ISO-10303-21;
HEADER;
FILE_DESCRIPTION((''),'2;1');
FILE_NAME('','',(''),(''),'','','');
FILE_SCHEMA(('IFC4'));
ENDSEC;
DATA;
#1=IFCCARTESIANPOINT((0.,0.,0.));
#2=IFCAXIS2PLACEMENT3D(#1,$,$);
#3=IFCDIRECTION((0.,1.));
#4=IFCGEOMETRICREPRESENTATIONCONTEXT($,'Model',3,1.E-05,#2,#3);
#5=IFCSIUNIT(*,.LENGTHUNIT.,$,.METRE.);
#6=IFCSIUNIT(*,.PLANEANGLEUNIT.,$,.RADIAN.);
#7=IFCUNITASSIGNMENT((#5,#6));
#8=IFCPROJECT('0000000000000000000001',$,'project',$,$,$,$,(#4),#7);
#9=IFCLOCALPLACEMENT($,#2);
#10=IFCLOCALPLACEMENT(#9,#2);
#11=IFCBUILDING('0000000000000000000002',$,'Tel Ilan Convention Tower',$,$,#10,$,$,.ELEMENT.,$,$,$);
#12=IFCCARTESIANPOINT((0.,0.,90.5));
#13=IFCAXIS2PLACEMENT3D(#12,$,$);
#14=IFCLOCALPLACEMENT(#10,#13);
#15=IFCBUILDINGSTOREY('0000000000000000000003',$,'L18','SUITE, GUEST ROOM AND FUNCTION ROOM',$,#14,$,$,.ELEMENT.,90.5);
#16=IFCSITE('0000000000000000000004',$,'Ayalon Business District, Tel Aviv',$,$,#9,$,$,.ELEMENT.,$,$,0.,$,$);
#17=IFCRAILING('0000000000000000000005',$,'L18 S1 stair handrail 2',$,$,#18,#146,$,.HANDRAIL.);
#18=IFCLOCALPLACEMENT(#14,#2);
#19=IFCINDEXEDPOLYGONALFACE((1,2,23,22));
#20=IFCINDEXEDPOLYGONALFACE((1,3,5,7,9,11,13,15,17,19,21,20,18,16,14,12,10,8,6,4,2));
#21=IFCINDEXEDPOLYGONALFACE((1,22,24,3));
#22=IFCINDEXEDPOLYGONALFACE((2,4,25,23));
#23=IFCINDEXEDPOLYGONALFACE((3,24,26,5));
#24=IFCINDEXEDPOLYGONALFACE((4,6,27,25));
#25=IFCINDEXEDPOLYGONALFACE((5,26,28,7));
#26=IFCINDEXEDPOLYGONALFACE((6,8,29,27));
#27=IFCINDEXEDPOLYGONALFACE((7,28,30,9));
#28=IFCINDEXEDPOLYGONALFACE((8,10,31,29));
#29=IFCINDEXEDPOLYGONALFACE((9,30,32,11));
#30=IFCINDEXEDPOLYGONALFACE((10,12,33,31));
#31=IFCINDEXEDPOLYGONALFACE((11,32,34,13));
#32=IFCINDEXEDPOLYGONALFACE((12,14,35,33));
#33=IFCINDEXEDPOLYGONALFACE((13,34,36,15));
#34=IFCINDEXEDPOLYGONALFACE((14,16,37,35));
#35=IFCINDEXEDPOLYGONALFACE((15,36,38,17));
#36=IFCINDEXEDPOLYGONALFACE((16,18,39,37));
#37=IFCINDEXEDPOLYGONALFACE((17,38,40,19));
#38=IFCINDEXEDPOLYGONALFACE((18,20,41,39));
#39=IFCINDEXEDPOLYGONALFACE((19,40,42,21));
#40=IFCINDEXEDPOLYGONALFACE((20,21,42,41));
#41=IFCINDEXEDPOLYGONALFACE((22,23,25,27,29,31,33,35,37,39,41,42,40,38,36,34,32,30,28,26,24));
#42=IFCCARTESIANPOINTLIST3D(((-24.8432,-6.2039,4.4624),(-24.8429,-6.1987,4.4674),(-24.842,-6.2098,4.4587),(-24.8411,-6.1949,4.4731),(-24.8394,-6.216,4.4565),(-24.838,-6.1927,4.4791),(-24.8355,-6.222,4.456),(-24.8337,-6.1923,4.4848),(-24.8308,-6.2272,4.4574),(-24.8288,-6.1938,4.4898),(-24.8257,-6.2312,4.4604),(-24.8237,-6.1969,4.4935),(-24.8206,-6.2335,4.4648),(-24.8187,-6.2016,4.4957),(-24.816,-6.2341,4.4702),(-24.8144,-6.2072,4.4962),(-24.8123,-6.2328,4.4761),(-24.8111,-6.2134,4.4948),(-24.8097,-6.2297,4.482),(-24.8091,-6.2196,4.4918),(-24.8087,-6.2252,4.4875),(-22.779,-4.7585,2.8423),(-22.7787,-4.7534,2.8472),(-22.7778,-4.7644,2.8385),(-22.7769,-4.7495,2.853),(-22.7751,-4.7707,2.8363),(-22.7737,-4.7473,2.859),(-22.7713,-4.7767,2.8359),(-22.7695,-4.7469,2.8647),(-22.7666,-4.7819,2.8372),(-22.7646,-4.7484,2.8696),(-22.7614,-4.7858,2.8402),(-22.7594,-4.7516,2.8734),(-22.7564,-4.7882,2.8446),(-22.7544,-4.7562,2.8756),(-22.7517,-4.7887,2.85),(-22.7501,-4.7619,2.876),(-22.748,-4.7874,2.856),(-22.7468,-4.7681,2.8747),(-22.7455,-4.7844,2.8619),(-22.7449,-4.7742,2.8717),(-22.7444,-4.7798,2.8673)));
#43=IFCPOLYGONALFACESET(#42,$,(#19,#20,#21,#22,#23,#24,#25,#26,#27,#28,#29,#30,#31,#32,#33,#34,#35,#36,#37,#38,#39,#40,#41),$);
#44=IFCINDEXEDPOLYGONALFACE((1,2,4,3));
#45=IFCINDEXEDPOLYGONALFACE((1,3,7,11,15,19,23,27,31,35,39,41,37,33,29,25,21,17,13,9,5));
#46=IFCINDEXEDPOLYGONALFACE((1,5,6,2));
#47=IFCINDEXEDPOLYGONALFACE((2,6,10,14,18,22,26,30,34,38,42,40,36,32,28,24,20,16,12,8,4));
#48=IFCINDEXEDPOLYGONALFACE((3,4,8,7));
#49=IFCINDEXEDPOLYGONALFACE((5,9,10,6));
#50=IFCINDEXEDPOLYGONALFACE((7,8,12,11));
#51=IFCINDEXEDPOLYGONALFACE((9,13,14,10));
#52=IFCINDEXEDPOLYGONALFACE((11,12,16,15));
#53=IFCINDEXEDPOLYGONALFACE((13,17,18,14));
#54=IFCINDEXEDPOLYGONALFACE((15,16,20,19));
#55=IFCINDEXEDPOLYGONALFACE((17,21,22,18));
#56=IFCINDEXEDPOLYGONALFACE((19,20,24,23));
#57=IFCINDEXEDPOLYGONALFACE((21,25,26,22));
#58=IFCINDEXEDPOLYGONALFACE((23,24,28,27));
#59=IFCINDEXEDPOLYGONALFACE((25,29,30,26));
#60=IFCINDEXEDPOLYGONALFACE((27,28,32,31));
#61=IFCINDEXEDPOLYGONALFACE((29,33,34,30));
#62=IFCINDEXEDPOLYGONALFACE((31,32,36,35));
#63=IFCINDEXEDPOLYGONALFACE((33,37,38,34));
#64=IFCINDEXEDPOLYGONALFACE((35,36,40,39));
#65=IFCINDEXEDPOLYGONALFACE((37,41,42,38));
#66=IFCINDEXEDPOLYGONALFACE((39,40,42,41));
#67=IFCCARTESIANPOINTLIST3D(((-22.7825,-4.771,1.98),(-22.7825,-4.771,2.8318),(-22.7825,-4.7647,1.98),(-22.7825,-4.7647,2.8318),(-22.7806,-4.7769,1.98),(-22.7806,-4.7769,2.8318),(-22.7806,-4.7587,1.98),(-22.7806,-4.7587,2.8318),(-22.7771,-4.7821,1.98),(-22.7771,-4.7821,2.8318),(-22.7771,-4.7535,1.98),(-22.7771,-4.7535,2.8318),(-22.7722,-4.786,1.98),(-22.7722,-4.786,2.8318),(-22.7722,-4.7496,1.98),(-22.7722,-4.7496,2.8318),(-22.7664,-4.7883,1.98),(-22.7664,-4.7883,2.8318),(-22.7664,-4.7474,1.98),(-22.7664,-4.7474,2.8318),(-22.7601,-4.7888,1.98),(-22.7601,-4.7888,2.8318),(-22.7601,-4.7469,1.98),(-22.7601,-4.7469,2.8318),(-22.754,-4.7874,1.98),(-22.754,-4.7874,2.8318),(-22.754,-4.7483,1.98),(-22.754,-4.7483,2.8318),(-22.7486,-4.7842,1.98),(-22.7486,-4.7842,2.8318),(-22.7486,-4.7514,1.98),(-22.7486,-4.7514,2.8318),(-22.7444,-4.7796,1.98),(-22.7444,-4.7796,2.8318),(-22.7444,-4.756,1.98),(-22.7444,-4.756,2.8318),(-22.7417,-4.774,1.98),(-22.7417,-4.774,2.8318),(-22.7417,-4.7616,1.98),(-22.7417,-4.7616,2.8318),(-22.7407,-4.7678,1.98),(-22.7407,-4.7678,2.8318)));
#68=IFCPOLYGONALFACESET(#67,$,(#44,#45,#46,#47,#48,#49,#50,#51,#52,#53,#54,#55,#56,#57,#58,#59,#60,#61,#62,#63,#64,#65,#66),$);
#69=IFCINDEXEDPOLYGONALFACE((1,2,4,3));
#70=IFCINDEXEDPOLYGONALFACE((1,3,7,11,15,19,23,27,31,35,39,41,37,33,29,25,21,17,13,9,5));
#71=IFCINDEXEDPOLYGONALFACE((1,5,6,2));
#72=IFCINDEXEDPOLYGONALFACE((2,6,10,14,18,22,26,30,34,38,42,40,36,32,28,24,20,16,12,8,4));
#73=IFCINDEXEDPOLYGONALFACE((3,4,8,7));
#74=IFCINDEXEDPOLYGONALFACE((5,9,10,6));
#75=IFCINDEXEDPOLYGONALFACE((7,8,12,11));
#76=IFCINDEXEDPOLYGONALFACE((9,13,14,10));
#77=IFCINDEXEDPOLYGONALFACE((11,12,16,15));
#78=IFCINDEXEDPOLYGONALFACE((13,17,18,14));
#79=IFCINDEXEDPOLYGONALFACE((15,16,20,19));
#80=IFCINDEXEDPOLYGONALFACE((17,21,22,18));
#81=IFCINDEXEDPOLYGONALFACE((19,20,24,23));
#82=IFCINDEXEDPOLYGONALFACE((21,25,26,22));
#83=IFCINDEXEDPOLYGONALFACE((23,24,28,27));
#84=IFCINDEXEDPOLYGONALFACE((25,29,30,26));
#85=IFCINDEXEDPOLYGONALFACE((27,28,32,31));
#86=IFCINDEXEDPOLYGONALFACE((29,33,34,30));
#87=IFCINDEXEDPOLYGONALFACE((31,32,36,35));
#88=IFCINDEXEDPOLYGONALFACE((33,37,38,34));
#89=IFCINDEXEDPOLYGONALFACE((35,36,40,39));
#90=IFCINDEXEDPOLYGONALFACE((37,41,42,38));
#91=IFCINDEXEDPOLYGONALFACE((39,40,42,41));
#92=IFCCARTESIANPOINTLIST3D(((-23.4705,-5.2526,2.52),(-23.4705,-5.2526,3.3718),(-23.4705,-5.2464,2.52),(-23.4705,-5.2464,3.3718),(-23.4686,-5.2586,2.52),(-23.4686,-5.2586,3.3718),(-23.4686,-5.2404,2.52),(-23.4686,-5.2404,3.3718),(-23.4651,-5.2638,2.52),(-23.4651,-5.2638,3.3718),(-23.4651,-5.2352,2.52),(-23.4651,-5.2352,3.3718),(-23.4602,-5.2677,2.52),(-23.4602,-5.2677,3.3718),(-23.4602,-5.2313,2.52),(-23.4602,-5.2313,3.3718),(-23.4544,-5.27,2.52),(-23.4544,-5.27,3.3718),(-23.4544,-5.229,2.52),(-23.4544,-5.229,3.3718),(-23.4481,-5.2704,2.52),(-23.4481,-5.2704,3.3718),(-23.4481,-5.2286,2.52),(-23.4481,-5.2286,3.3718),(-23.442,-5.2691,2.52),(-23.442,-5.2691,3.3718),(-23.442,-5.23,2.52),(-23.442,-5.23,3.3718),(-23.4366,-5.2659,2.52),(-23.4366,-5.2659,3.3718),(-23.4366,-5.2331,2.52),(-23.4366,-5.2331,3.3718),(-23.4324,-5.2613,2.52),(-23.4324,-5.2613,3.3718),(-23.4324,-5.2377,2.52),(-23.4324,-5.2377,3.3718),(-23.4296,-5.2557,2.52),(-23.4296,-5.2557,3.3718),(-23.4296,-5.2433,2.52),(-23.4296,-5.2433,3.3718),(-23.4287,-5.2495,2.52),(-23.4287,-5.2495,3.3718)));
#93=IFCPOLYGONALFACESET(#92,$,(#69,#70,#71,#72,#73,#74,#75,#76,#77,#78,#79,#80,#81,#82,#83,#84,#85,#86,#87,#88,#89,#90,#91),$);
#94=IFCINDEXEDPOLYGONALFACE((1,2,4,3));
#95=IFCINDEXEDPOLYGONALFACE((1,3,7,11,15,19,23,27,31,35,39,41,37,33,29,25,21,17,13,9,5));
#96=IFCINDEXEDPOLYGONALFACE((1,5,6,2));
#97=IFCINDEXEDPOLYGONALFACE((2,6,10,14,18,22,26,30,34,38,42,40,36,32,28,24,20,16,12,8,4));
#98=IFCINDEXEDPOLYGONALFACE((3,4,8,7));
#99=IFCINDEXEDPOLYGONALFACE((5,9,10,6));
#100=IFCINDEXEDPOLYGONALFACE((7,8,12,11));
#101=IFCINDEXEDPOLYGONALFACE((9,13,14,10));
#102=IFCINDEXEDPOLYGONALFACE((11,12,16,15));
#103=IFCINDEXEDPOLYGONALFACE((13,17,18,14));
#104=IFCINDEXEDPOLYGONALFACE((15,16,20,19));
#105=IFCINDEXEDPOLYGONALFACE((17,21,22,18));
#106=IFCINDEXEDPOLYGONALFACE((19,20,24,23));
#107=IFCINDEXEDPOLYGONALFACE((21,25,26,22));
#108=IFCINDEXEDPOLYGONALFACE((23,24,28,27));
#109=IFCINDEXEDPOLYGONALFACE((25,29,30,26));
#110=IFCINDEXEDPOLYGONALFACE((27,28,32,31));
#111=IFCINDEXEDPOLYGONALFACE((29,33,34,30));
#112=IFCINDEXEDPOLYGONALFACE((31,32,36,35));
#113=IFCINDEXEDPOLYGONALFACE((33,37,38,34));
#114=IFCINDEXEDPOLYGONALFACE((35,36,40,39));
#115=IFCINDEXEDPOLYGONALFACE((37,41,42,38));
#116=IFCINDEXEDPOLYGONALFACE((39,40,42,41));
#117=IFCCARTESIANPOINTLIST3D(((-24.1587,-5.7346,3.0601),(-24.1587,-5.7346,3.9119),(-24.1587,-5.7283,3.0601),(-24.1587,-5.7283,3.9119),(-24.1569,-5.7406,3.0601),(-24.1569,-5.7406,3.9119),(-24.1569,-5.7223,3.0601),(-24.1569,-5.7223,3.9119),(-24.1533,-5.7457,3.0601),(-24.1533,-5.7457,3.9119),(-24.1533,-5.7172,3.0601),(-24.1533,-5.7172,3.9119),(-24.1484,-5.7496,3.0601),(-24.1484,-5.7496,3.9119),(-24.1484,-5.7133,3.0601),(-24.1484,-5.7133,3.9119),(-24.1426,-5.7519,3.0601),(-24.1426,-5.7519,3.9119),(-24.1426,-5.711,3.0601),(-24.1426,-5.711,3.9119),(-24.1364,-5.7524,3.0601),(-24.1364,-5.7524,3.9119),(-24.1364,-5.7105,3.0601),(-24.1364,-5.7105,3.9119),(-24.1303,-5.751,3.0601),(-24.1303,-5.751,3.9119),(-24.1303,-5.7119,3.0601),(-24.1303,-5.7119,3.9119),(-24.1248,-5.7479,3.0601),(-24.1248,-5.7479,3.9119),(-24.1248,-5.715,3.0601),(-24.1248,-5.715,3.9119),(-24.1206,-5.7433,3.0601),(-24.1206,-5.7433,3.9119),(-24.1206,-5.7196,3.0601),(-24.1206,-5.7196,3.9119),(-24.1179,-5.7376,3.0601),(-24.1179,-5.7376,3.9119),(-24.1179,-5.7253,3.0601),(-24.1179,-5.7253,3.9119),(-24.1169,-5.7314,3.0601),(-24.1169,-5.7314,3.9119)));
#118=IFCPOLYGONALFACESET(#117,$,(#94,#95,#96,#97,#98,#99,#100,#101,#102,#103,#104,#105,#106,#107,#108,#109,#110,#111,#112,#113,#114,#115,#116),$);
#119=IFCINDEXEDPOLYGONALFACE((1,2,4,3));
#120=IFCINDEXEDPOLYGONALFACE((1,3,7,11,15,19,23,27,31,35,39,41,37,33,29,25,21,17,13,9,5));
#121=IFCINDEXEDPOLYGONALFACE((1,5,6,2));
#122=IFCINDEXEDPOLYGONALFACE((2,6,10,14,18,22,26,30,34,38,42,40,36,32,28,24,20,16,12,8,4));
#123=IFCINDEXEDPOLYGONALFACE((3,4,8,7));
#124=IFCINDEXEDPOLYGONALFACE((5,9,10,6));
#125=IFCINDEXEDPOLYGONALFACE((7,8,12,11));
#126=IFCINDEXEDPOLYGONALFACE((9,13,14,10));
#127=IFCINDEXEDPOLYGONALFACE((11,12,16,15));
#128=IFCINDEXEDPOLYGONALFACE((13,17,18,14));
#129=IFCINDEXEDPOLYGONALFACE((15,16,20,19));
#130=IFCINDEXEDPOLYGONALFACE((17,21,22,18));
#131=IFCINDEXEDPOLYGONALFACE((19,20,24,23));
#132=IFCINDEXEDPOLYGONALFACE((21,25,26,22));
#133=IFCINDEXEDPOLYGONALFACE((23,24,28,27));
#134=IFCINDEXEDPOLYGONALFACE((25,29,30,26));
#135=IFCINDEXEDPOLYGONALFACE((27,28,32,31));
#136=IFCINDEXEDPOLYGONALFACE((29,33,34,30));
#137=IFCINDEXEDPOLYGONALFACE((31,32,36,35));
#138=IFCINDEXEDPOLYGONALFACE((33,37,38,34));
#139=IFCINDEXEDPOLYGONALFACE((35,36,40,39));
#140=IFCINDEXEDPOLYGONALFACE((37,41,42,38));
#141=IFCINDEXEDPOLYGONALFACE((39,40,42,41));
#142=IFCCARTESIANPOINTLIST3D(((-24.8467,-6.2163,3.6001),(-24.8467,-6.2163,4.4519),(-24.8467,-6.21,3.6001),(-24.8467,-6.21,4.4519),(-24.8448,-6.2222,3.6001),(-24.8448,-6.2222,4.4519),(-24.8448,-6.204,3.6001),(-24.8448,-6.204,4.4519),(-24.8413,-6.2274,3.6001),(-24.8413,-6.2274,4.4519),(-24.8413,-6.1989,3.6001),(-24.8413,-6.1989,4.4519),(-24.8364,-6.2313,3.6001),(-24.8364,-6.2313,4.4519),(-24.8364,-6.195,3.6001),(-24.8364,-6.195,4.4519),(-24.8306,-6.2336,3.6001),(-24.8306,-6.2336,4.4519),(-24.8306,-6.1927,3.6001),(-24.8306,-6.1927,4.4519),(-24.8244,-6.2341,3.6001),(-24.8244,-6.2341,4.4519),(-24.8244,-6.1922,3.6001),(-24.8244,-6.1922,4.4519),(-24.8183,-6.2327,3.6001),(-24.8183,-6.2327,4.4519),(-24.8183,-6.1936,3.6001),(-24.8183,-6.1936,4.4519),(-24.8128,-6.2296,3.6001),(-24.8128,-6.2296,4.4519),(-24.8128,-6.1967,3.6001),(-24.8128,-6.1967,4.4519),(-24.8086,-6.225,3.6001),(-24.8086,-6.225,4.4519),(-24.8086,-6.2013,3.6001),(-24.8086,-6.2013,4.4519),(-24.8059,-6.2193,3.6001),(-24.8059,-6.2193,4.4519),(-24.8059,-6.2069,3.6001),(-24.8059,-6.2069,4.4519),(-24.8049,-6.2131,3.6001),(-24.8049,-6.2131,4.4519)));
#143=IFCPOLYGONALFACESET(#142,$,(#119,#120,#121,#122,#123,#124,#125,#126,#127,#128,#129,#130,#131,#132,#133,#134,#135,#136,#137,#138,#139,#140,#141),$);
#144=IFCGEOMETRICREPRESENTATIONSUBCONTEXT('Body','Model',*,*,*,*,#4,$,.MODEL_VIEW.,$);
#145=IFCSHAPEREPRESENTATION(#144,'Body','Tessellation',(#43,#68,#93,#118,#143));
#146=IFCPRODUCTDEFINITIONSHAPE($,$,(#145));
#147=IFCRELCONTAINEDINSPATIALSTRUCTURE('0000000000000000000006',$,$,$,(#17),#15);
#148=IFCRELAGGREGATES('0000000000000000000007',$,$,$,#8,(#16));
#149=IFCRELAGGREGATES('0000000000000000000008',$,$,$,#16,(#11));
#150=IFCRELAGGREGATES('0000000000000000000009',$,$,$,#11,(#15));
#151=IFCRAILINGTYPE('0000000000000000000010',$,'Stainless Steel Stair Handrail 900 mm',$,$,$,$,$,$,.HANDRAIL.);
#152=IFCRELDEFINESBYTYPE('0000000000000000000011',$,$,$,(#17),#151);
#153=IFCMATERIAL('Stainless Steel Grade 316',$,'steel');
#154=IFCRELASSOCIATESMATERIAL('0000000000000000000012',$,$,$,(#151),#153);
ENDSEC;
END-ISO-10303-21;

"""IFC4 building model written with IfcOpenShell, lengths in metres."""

from ifc_helpers import new_model, si_unit, direction, frame, origin, origin_2d, place, context, subcontext, project, spatial, circle, extrude, material, type_object, element, save


model = new_model("IFC4")

# Units and contexts
model_context = context("Model", 3, precision=1e-05, world=origin(), true_north=direction((0.0, 1.0)))
body_context = subcontext(model_context, "Body", "Model", "MODEL_VIEW")
ifc_project = project(units=[si_unit("LENGTHUNIT", "METRE"), si_unit("PLANEANGLEUNIT", "RADIAN")], contexts=[model_context])

# Site, building, storey
site_placement = place(None, origin())
site = spatial("IfcSite", under=ifc_project, at=site_placement, Name="Ayalon Business District, Tel Aviv", CompositionType="ELEMENT", RefElevation=0.0)
building_placement = place(site_placement, origin())
building = spatial("IfcBuilding", under=site, at=building_placement, Name="Tel Ilan Convention Tower", CompositionType="ELEMENT")
storey_placement = place(building_placement, frame((0.0, 0.0, 90.5)))
storey = spatial("IfcBuildingStorey", under=building, at=storey_placement, Name="L18", Description="SUITE, GUEST ROOM AND FUNCTION ROOM", CompositionType="ELEMENT", Elevation=90.5)

# Railing
ifc_material_1 = material(Name="Stainless Steel Grade 316", Category="steel")
railing_type_1 = type_object("IfcRailingType", Name="Stainless Steel Stair Handrail 900 mm", PredefinedType="HANDRAIL", material=ifc_material_1)
railing_1_placement = place(storey_placement, frame((-22.7617, -4.7678, 1.98)))
element("IfcRailing", 1, at=railing_1_placement, inside=storey, type_object=railing_type_1, Name="L18 S1 stair handrail 2", PredefinedType="HANDRAIL", context=body_context, shape_type="SweptSolid", body=[
    extrude(circle(Radius=0.0239, at=origin_2d()), frame((0.0, 0.0, 0.876), z_axis=(-0.68904, -0.48245, 0.540801), x_axis=(0.57356, -0.819164, 0.0)), (0.0, 0.0, 1.0), 2.9958),
    extrude(circle(Radius=0.021, at=origin_2d()), origin(), (0.0, 0.0, 1.0), 0.8518),
    extrude(circle(Radius=0.021, at=origin_2d()), frame((-0.688, -0.4817, 0.54)), (0.0, 0.0, 1.0), 0.8518),
    extrude(circle(Radius=0.021, at=origin_2d()), frame((-1.3762, -0.9636, 1.0801)), (0.0, 0.0, 1.0), 0.8518),
    extrude(circle(Radius=0.021, at=origin_2d()), frame((-2.0642, -1.4453, 1.6201)), (0.0, 0.0, 1.0), 0.8518),
])

save(model, "model.ifc")
